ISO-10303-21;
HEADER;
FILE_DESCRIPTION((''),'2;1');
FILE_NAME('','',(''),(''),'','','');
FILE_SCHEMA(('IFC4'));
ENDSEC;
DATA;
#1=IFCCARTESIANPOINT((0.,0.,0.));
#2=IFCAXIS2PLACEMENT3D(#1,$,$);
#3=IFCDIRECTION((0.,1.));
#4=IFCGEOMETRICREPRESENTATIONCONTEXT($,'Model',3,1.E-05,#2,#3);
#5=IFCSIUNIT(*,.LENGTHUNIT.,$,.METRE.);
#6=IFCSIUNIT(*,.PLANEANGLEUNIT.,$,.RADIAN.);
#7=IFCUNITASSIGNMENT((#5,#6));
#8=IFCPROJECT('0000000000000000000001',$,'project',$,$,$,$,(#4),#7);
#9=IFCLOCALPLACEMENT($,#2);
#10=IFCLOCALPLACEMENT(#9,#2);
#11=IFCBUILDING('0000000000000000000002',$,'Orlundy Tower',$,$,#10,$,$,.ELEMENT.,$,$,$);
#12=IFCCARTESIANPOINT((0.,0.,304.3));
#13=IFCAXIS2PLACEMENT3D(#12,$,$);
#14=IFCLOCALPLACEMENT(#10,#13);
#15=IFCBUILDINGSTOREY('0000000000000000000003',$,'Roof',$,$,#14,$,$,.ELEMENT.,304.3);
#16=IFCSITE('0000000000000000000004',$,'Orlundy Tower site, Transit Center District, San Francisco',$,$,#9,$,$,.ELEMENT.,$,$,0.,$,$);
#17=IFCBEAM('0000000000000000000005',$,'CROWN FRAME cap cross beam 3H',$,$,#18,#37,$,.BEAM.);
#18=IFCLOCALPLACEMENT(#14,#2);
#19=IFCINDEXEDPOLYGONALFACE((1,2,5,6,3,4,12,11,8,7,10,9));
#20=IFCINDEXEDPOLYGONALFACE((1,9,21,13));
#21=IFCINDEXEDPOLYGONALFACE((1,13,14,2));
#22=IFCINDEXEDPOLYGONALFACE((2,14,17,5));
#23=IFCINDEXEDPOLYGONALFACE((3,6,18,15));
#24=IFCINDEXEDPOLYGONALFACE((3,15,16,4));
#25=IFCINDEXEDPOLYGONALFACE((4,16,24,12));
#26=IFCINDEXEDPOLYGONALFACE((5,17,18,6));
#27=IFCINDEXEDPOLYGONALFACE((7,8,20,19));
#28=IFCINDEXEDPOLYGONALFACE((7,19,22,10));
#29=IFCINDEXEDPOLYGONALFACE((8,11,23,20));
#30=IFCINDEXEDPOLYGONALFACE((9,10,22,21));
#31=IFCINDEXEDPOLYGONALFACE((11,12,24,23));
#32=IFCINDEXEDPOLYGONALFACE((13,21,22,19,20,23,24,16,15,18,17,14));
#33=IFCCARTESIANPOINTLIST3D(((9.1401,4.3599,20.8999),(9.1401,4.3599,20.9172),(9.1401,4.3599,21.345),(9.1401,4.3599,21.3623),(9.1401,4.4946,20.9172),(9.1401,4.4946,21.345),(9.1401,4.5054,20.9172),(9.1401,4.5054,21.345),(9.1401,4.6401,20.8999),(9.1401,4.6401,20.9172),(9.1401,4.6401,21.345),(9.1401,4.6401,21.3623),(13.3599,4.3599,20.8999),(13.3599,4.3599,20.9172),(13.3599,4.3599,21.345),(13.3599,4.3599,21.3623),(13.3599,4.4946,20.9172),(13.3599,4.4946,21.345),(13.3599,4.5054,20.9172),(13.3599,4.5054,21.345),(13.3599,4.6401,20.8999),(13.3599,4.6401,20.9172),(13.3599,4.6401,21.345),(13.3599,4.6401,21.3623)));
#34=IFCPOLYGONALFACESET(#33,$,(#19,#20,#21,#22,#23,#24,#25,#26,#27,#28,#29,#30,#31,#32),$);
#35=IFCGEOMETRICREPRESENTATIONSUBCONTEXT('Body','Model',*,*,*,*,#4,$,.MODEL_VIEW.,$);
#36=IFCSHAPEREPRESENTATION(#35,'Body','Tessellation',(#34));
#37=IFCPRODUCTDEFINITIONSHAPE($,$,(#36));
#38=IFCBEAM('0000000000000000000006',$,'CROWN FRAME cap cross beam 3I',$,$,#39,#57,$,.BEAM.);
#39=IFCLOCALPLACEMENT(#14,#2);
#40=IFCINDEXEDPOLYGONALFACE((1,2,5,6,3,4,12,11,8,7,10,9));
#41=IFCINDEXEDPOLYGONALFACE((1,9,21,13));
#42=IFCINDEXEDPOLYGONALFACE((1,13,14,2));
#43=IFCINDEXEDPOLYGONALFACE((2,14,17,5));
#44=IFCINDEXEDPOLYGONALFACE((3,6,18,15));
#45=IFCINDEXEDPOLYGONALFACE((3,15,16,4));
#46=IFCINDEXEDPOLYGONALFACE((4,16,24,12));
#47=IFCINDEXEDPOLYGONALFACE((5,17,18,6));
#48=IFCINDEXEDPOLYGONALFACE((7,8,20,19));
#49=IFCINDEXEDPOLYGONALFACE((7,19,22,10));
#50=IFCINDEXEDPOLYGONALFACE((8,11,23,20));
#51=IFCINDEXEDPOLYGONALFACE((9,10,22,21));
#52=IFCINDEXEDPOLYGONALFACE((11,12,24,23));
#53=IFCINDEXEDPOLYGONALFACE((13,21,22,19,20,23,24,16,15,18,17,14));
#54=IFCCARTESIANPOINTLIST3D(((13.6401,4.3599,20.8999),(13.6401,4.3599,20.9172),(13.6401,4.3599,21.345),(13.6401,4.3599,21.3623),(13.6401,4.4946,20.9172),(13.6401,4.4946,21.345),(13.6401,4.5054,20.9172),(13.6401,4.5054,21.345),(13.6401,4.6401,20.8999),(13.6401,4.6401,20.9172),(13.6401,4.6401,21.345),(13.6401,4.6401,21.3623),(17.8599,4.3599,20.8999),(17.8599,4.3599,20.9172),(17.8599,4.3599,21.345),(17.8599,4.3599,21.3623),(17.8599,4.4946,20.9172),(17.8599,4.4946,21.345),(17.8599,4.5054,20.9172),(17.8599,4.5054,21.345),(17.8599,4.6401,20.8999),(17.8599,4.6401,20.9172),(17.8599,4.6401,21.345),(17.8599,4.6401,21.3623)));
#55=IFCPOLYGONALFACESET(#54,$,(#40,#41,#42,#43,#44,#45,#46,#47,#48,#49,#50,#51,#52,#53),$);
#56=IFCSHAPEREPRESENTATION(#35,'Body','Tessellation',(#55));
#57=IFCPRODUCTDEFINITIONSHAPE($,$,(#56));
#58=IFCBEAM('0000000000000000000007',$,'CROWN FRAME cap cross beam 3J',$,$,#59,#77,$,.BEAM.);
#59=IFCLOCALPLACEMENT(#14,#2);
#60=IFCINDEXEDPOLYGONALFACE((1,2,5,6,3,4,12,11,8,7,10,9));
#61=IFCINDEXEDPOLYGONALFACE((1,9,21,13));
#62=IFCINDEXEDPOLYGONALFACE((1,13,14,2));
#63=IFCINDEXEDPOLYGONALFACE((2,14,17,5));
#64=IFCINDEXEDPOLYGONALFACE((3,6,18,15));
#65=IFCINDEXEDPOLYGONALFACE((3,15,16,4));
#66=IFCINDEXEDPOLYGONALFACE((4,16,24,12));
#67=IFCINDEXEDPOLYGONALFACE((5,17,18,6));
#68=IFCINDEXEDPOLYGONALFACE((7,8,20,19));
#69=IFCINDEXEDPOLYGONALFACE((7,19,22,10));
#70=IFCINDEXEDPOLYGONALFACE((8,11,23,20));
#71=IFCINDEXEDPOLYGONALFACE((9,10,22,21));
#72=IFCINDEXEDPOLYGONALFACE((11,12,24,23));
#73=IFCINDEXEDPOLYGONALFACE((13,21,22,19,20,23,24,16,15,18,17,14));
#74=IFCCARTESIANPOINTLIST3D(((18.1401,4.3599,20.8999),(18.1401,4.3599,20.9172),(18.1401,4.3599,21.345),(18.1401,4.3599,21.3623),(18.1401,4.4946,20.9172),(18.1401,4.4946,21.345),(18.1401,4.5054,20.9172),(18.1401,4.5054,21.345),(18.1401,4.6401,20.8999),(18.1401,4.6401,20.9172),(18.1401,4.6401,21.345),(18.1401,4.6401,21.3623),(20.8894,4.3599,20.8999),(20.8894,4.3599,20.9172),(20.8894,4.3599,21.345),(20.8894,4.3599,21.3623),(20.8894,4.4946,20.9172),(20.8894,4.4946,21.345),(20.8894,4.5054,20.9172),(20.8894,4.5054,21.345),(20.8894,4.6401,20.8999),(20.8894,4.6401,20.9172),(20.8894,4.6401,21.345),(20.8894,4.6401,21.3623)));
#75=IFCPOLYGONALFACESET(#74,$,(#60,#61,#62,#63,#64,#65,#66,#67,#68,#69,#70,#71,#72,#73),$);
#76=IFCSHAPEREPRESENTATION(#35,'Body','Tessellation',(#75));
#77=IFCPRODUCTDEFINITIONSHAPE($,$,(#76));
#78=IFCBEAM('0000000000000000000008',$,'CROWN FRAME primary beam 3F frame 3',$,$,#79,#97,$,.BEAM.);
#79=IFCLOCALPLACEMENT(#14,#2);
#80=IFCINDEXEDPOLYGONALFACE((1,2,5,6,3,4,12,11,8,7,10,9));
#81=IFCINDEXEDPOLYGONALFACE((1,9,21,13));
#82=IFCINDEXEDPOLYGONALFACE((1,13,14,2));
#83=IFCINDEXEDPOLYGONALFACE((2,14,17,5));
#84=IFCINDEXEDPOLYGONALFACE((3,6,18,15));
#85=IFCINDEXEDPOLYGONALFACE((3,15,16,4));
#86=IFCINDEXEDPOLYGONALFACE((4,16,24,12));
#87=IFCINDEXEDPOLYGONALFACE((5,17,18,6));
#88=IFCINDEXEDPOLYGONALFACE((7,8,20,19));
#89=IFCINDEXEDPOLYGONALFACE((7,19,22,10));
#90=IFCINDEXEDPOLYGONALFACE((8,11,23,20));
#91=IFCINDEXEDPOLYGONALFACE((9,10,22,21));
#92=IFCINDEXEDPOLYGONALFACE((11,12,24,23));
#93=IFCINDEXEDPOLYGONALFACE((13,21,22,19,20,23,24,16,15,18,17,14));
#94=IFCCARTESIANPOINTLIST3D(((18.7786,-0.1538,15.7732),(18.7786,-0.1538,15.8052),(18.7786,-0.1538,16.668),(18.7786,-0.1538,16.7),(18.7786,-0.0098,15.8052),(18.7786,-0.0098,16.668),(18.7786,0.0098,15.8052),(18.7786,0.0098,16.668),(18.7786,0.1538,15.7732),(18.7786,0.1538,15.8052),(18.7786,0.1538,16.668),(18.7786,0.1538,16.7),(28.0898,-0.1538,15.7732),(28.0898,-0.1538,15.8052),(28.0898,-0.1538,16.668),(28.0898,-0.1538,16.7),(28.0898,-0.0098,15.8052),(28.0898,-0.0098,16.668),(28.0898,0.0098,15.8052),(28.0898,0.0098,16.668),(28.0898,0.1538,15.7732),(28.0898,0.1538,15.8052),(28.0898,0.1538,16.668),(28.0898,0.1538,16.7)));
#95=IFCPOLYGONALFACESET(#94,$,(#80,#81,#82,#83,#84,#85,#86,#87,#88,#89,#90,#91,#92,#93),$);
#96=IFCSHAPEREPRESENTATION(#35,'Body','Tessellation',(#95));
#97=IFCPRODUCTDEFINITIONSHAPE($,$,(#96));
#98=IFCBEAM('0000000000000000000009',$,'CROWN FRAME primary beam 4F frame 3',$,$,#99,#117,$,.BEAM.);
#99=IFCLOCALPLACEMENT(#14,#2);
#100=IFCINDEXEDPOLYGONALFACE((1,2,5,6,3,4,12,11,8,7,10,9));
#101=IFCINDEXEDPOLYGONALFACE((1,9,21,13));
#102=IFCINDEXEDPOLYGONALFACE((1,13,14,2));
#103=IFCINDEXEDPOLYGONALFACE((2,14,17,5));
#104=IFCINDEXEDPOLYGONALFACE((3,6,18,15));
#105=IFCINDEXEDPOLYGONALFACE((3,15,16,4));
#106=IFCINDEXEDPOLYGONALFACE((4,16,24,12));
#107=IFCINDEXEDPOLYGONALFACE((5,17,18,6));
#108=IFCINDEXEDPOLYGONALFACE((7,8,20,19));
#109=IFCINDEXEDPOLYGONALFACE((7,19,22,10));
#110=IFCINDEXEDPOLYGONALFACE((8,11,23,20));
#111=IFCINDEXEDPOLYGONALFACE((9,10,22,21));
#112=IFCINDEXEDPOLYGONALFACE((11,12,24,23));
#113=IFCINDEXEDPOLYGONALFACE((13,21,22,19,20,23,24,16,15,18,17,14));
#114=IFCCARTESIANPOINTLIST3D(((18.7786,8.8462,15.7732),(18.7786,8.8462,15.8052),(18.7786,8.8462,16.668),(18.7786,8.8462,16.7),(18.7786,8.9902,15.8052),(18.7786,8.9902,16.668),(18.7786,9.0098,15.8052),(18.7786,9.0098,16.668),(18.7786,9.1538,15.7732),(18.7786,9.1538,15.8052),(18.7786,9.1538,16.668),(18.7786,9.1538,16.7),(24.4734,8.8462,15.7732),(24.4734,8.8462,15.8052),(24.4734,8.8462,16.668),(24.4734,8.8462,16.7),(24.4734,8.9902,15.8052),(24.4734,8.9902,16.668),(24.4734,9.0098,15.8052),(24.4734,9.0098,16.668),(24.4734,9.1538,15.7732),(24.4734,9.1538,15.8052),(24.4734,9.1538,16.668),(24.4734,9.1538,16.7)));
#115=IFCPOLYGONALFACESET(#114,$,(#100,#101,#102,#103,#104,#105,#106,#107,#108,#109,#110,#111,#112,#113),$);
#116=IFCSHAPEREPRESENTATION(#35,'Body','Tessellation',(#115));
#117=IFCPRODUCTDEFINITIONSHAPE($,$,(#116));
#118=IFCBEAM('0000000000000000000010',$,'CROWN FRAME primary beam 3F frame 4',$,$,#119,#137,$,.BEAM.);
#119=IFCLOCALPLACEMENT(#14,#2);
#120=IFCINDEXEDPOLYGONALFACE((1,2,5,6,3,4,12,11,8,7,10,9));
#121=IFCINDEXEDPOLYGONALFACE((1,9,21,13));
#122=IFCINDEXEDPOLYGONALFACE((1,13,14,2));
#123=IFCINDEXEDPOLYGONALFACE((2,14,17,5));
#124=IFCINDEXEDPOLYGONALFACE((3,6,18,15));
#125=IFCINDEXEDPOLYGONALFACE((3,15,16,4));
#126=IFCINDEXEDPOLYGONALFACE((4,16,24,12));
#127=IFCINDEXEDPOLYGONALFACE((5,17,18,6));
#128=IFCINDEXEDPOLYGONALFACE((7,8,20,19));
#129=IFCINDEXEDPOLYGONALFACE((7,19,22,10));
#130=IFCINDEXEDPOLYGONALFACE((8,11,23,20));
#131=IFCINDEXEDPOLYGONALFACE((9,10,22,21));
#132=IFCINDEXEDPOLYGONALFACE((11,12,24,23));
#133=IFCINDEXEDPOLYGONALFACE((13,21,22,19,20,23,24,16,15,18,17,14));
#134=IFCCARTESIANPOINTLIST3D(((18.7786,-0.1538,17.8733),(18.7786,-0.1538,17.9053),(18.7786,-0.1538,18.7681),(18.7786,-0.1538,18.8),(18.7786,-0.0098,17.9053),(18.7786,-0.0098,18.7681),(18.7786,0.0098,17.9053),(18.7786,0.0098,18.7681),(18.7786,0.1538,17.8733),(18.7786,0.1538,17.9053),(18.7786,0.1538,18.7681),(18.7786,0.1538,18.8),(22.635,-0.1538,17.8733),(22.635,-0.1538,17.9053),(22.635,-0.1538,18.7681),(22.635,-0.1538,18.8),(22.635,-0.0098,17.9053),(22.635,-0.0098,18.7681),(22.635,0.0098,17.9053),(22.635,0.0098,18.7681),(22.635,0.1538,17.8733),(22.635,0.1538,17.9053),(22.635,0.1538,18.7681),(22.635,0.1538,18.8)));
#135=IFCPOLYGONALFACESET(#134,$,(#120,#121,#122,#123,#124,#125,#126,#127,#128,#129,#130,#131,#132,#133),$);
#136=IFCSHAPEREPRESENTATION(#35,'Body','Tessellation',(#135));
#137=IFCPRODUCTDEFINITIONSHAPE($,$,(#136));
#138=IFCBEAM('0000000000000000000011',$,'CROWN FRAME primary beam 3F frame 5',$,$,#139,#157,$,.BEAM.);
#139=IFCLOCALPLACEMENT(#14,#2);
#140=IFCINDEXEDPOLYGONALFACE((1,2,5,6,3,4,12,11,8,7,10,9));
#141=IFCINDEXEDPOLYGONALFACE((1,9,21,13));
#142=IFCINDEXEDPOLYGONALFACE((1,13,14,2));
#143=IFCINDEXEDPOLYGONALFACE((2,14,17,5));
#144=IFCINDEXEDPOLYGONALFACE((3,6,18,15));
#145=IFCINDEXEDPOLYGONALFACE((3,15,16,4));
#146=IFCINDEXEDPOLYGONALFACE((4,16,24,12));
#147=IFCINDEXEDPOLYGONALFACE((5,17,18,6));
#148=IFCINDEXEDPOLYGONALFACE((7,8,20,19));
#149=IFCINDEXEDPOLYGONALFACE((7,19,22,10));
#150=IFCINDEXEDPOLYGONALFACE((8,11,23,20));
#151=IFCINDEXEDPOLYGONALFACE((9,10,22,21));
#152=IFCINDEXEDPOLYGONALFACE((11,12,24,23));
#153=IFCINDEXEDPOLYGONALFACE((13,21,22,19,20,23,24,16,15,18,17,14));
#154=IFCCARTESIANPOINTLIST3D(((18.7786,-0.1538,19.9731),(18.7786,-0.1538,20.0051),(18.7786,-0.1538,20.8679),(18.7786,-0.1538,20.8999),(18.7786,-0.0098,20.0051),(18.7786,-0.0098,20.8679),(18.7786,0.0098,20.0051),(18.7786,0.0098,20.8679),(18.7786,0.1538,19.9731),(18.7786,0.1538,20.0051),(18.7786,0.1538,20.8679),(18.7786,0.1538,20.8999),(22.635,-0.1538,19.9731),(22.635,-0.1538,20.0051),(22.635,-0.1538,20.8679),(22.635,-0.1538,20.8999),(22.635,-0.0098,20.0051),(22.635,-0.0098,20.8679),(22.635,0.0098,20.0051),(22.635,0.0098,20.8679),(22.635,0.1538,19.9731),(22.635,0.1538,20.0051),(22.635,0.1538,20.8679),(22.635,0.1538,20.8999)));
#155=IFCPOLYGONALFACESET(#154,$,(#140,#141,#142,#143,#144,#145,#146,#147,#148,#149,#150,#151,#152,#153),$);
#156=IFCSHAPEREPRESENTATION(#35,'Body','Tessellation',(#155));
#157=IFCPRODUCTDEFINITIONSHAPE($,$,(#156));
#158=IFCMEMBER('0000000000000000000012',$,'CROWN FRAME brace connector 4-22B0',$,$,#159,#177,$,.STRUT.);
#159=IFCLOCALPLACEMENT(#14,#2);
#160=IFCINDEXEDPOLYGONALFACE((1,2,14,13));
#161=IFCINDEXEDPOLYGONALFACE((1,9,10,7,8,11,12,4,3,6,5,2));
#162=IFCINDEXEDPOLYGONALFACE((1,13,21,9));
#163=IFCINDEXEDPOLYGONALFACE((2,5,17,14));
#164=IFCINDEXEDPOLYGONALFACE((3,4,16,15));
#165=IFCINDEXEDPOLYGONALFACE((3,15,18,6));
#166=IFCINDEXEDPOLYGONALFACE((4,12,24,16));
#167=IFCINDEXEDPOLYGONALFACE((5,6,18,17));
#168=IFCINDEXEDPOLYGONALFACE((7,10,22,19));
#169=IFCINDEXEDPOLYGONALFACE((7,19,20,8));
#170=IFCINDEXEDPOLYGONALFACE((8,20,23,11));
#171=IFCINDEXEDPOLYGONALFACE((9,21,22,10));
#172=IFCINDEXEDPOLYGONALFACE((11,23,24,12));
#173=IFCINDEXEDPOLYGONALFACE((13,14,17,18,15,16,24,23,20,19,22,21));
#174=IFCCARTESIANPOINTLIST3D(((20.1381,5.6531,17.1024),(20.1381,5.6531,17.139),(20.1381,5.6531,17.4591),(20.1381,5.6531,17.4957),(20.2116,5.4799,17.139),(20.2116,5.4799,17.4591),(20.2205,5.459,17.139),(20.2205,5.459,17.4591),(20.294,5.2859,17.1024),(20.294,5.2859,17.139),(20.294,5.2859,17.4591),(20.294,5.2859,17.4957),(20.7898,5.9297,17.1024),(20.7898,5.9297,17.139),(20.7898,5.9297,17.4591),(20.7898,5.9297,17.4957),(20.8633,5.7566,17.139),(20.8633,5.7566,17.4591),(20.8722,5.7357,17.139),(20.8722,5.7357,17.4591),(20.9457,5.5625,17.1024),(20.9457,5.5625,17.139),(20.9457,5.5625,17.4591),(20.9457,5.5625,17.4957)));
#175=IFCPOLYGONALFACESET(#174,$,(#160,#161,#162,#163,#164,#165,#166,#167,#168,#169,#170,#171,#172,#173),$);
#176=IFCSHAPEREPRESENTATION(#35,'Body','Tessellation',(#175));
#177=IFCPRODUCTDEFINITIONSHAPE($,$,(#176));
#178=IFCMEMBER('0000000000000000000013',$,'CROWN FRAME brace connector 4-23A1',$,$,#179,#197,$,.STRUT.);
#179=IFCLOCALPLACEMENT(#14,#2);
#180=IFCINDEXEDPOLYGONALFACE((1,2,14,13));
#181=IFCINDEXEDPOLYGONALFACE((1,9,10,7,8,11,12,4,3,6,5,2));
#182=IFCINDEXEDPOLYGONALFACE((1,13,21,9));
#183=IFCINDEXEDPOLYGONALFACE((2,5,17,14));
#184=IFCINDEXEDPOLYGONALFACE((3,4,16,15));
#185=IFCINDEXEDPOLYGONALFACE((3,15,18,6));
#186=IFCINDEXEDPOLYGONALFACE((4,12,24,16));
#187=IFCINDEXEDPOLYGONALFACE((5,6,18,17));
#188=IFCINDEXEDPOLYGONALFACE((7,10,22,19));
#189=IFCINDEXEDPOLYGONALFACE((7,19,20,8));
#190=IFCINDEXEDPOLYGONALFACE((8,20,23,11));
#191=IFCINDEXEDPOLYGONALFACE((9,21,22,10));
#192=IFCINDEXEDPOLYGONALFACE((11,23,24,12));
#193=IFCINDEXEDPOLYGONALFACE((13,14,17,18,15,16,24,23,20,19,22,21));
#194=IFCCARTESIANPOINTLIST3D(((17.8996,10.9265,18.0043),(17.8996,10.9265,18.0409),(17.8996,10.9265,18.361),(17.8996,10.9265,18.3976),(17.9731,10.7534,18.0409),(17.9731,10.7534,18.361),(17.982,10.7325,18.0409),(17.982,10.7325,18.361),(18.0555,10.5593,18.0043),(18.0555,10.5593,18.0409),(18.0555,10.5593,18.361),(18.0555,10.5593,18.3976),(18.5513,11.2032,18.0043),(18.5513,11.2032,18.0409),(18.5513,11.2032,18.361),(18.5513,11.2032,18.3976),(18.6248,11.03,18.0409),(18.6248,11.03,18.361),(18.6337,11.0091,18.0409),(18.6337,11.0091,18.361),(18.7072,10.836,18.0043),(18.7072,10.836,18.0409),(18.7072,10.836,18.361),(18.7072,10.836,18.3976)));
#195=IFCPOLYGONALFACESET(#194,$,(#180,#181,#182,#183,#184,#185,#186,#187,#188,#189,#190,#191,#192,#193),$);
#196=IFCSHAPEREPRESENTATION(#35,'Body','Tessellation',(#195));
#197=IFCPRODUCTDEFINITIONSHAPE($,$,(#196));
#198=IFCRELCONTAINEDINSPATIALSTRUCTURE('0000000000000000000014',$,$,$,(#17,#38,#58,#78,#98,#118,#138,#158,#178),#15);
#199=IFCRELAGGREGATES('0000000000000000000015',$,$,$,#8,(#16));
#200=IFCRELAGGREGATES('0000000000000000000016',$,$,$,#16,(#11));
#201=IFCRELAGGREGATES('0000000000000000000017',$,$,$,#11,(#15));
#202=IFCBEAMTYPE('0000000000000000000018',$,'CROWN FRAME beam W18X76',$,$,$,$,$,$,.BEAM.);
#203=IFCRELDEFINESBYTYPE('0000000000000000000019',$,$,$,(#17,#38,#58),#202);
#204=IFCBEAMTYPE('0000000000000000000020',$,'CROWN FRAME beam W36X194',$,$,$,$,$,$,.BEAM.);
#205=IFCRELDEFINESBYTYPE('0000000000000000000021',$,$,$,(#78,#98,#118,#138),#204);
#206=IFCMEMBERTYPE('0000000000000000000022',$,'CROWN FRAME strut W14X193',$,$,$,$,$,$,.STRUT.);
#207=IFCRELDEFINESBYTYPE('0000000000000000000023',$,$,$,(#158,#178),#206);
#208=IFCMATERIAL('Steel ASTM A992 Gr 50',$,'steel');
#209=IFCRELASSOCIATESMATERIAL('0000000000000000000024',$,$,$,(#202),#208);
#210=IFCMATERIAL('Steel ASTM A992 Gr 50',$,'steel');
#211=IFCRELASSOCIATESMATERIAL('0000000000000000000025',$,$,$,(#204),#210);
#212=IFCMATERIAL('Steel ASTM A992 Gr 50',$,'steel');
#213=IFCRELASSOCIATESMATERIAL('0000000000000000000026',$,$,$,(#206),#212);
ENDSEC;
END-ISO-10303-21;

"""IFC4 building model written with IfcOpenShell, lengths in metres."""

from ifc_helpers import new_model, si_unit, direction, frame, origin, origin_2d, place, context, subcontext, project, spatial, i_section, extrude, material, material_profile, profile_set, type_object, element, save


model = new_model("IFC4")

# Units and contexts
model_context = context("Model", 3, precision=1e-05, world=origin(), true_north=direction((0.0, 1.0)))
body_context = subcontext(model_context, "Body", "Model", "MODEL_VIEW")
ifc_project = project(units=[si_unit("LENGTHUNIT", "METRE"), si_unit("PLANEANGLEUNIT", "RADIAN")], contexts=[model_context])

# Site, building, storey
site_placement = place(None, origin())
site = spatial("IfcSite", under=ifc_project, at=site_placement, Name="Orlundy Tower site, Transit Center District, San Francisco", CompositionType="ELEMENT", RefElevation=0.0)
building_placement = place(site_placement, origin())
building = spatial("IfcBuilding", under=site, at=building_placement, Name="Orlundy Tower", CompositionType="ELEMENT")
storey_placement = place(building_placement, frame((0.0, 0.0, 304.3)))
storey = spatial("IfcBuildingStorey", under=building, at=storey_placement, Name="Roof", CompositionType="ELEMENT", Elevation=304.3)

# Beams
ifc_material_1 = material(Name="Steel ASTM A992 Gr 50", Category="steel")
ifc_material_profile_1 = material_profile(ifc_material_1, i_section(OverallWidth=0.2803, OverallDepth=0.4624, WebThickness=0.0107, FlangeThickness=0.0173, at=origin_2d()), Name="W18X76")
ifc_profile_set_1 = profile_set([ifc_material_profile_1], Name="Steel ASTM A992 Gr 50")
beam_type_1 = type_object("IfcBeamType", Name="CROWN FRAME beam W18X76", PredefinedType="BEAM", material=ifc_profile_set_1)
for number, where, z_axis, x_axis, name in (
    (1, (9.1401, 4.5, 21.1311), (1.0, 0.0, 0.0), (0.0, 1.0, 0.0), "CROWN FRAME cap cross beam 3H"),
    (2, (13.6401, 4.5, 21.1311), (1.0, 0.0, 0.0), (0.0, 1.0, 0.0), "CROWN FRAME cap cross beam 3I"),
):
    element("IfcBeam", number, at=place(storey_placement, frame(where, z_axis=z_axis, x_axis=x_axis)), inside=storey, type_object=beam_type_1, Name=name, PredefinedType="BEAM", context=body_context, shape_type="SweptSolid", body=[
        extrude(i_section(OverallWidth=0.2803, OverallDepth=0.4624, WebThickness=0.0107, FlangeThickness=0.0173, at=origin_2d()), origin(), (0.0, 0.0, 1.0), 4.2197),
    ])
beam_1_placement = place(storey_placement, frame((18.1401, 4.5, 21.1311), z_axis=(1.0, 0.0, 0.0), x_axis=(0.0, 1.0, 0.0)))
element("IfcBeam", 3, at=beam_1_placement, inside=storey, type_object=beam_type_1, Name="CROWN FRAME cap cross beam 3J", PredefinedType="BEAM", context=body_context, shape_type="SweptSolid", body=[
    extrude(i_section(OverallWidth=0.2803, OverallDepth=0.4624, WebThickness=0.0107, FlangeThickness=0.0173, at=origin_2d()), origin(), (0.0, 0.0, 1.0), 2.7493),
])
ifc_material_2 = material(Name="Steel ASTM A992 Gr 50", Category="steel")
ifc_material_profile_2 = material_profile(ifc_material_2, i_section(OverallWidth=0.3076, OverallDepth=0.9268, WebThickness=0.0195, FlangeThickness=0.032, at=origin_2d()), Name="W36X194")
ifc_profile_set_2 = profile_set([ifc_material_profile_2], Name="Steel ASTM A992 Gr 50")
beam_type_2 = type_object("IfcBeamType", Name="CROWN FRAME beam W36X194", PredefinedType="BEAM", material=ifc_profile_set_2)
beam_2_placement = place(storey_placement, frame((18.7786, 0.0, 16.2366), z_axis=(1.0, 0.0, 0.0), x_axis=(0.0, 1.0, 0.0)))
element("IfcBeam", 4, at=beam_2_placement, inside=storey, type_object=beam_type_2, Name="CROWN FRAME primary beam 3F frame 3", PredefinedType="BEAM", context=body_context, shape_type="SweptSolid", body=[
    extrude(i_section(OverallWidth=0.3076, OverallDepth=0.9268, WebThickness=0.0195, FlangeThickness=0.032, at=origin_2d()), origin(), (0.0, 0.0, 1.0), 9.3113),
])
beam_3_placement = place(storey_placement, frame((18.7786, 9.0, 16.2366), z_axis=(1.0, 0.0, 0.0), x_axis=(0.0, 1.0, 0.0)))
element("IfcBeam", 5, at=beam_3_placement, inside=storey, type_object=beam_type_2, Name="CROWN FRAME primary beam 4F frame 3", PredefinedType="BEAM", context=body_context, shape_type="SweptSolid", body=[
    extrude(i_section(OverallWidth=0.3076, OverallDepth=0.9268, WebThickness=0.0195, FlangeThickness=0.032, at=origin_2d()), origin(), (0.0, 0.0, 1.0), 5.6948),
])
for number, where, z_axis, x_axis, name in (
    (6, (18.7786, 0.0, 18.3367), (1.0, 0.0, 0.0), (0.0, 1.0, 0.0), "CROWN FRAME primary beam 3F frame 4"),
    (7, (18.7786, 0.0, 20.4365), (1.0, 0.0, 0.0), (0.0, 1.0, 0.0), "CROWN FRAME primary beam 3F frame 5"),
):
    element("IfcBeam", number, at=place(storey_placement, frame(where, z_axis=z_axis, x_axis=x_axis)), inside=storey, type_object=beam_type_2, Name=name, PredefinedType="BEAM", context=body_context, shape_type="SweptSolid", body=[
        extrude(i_section(OverallWidth=0.3076, OverallDepth=0.9268, WebThickness=0.0195, FlangeThickness=0.032, at=origin_2d()), origin(), (0.0, 0.0, 1.0), 3.8564),
    ])

# Members
ifc_material_3 = material(Name="Steel ASTM A992 Gr 50", Category="steel")
ifc_material_profile_3 = material_profile(ifc_material_3, i_section(OverallWidth=0.3989, OverallDepth=0.3933, WebThickness=0.0227, FlangeThickness=0.0366, at=origin_2d()), Name="W14X193")
ifc_profile_set_3 = profile_set([ifc_material_profile_3], Name="Steel ASTM A992 Gr 50")
member_type = type_object("IfcMemberType", Name="CROWN FRAME strut W14X193", PredefinedType="STRUT", material=ifc_profile_set_3)
for number, where, z_axis, x_axis, name in (
    (8, (20.2161, 5.4695, 17.2991), (0.920495, 0.390754, 0.0), (-0.390754, 0.920495, 0.0), "CROWN FRAME brace connector 4-22B0"),
    (9, (17.9775, 10.7429, 18.2009), (0.920495, 0.390754, 0.0), (-0.390754, 0.920495, 0.0), "CROWN FRAME brace connector 4-23A1"),
):
    element("IfcMember", number, at=place(storey_placement, frame(where, z_axis=z_axis, x_axis=x_axis)), inside=storey, type_object=member_type, Name=name, PredefinedType="STRUT", context=body_context, shape_type="SweptSolid", body=[
        extrude(i_section(OverallWidth=0.3989, OverallDepth=0.3933, WebThickness=0.0227, FlangeThickness=0.0366, at=origin_2d()), origin(), (0.0, 0.0, 1.0), 0.708),
    ])

save(model, "model.ifc")
